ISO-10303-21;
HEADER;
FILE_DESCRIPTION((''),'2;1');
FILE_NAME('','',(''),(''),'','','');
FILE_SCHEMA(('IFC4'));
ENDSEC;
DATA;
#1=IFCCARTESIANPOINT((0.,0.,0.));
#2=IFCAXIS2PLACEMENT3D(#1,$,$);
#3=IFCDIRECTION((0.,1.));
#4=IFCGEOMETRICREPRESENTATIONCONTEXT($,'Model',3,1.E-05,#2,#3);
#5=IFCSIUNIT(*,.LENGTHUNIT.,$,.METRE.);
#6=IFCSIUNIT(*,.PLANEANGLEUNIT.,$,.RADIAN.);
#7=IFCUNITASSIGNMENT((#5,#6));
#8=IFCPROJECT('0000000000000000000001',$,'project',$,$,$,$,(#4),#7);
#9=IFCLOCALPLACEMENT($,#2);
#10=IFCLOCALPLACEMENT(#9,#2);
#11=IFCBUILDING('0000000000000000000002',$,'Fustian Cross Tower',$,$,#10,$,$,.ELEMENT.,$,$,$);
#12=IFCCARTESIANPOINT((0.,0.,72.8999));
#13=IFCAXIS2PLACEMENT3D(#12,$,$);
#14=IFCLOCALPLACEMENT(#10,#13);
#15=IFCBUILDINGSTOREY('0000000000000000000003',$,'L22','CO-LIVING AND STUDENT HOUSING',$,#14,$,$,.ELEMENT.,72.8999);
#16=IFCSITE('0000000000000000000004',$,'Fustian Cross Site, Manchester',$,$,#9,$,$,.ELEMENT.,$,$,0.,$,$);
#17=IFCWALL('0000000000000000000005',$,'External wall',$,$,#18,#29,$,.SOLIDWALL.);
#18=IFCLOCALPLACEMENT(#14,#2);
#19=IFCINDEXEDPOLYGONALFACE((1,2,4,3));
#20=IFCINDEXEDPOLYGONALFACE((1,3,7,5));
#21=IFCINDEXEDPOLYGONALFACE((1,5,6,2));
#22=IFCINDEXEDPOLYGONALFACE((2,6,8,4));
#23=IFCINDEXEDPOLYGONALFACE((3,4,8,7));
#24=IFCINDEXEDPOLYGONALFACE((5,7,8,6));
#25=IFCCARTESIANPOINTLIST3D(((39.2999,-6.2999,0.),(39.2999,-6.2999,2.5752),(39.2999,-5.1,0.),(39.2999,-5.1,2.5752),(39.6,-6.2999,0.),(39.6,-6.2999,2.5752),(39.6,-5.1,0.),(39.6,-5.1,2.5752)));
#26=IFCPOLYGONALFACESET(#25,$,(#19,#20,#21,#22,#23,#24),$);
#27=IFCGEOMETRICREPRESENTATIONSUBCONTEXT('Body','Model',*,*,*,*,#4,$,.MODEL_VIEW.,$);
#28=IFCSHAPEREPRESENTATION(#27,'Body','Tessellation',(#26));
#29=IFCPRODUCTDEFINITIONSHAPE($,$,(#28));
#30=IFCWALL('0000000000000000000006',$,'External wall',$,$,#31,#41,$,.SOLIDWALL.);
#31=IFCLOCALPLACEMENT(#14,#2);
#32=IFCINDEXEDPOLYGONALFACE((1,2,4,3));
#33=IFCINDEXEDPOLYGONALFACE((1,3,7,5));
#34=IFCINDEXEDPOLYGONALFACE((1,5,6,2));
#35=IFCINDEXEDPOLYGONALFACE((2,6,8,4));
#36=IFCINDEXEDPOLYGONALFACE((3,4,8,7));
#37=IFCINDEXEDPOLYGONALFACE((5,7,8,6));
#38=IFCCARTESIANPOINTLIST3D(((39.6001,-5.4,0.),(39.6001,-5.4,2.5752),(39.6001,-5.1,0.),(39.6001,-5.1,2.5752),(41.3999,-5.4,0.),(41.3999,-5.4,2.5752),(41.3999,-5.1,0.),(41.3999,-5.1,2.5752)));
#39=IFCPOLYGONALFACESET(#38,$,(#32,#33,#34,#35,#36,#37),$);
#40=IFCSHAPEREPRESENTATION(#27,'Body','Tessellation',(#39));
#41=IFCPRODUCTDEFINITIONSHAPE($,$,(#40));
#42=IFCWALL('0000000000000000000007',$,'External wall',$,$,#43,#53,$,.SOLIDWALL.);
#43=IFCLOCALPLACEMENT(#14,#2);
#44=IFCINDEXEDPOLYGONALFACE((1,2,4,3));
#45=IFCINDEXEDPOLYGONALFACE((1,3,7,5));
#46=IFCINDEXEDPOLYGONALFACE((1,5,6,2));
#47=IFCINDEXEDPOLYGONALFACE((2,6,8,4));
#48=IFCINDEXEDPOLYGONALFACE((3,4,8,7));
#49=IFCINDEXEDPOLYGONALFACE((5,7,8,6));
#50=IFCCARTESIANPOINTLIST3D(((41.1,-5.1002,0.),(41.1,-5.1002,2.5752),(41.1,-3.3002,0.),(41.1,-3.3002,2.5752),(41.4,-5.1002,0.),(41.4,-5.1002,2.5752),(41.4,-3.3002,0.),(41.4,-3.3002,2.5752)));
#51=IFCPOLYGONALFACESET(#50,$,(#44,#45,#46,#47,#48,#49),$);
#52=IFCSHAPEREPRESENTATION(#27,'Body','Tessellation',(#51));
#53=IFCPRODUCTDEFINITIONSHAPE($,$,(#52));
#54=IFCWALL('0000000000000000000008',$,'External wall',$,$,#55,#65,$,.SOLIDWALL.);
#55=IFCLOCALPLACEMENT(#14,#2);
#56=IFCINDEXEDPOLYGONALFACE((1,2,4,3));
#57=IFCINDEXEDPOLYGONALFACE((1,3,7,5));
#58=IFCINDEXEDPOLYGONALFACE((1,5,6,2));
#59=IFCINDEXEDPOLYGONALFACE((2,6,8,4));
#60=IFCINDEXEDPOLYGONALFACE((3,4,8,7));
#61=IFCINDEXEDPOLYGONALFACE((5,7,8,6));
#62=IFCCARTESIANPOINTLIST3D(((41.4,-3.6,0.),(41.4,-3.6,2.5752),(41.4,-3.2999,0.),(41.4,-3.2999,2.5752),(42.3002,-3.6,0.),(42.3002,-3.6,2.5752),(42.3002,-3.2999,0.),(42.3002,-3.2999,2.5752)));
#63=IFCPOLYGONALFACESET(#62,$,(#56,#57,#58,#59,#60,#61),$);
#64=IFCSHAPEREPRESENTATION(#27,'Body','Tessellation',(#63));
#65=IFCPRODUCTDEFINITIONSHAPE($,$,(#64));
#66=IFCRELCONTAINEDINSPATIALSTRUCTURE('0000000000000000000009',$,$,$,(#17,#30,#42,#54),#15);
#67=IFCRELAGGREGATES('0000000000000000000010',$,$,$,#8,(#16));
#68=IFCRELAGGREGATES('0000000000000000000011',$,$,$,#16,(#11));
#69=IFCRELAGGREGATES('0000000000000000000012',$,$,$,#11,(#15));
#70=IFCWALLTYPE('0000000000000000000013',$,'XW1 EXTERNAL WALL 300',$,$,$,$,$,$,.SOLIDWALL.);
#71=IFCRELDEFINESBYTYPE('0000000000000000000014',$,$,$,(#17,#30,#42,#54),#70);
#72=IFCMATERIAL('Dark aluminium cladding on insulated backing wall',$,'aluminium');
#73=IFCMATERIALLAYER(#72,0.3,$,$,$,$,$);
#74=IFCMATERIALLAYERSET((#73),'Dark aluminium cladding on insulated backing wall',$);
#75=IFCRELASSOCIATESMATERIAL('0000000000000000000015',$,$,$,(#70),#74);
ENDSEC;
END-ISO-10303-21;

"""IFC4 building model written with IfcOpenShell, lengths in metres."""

from ifc_helpers import new_model, si_unit, direction, frame, frame_2d, origin, place, context, subcontext, project, spatial, rectangle, extrude, material, layer, layer_set, type_object, element, save


model = new_model("IFC4")

# Units and contexts
model_context = context("Model", 3, precision=1e-05, world=origin(), true_north=direction((0.0, 1.0)))
body_context = subcontext(model_context, "Body", "Model", "MODEL_VIEW")
ifc_project = project(units=[si_unit("LENGTHUNIT", "METRE"), si_unit("PLANEANGLEUNIT", "RADIAN")], contexts=[model_context])

# Site, building, storey
site_placement = place(None, origin())
site = spatial("IfcSite", under=ifc_project, at=site_placement, Name="Fustian Cross Site, Manchester", CompositionType="ELEMENT", RefElevation=0.0)
building_placement = place(site_placement, origin())
building = spatial("IfcBuilding", under=site, at=building_placement, Name="Fustian Cross Tower", CompositionType="ELEMENT")
storey_placement = place(building_placement, frame((0.0, 0.0, 72.8999)))
storey = spatial("IfcBuildingStorey", under=building, at=storey_placement, Name="L22", Description="CO-LIVING AND STUDENT HOUSING", CompositionType="ELEMENT", Elevation=72.8999)

# Shared definitions
ifc_material_1 = material(Name="Dark aluminium cladding on insulated backing wall", Category="aluminium")
ifc_layer_1 = layer(ifc_material_1, 0.3)
ifc_layer_set_1 = layer_set([ifc_layer_1], Name="Dark aluminium cladding on insulated backing wall")
wall_type_1 = type_object("IfcWallType", Name="XW1 EXTERNAL WALL 300", PredefinedType="SOLIDWALL", material=ifc_layer_set_1)

# Walls
wall_1_placement = place(storey_placement, frame((39.45, -6.3, 0.0), z_axis=(0.0, 0.0, 1.0), x_axis=(0.0, 1.0, 0.0)))
element("IfcWall", 1, at=wall_1_placement, inside=storey, type_object=wall_type_1, Name="External wall", PredefinedType="SOLIDWALL", context=body_context, shape_type="SweptSolid", body=[
    extrude(rectangle(XDim=1.2, YDim=0.3, at=frame_2d((0.6001, 0.0))), origin(), (0.0, 0.0, 1.0), 2.5752),
])
wall_2_placement = place(storey_placement, frame((39.6001, -5.25, 0.0), z_axis=(0.0, 0.0, 1.0), x_axis=(1.0, 0.0, 0.0)))
element("IfcWall", 2, at=wall_2_placement, inside=storey, type_object=wall_type_1, Name="External wall", PredefinedType="SOLIDWALL", context=body_context, shape_type="SweptSolid", body=[
    extrude(rectangle(XDim=1.7998, YDim=0.3, at=frame_2d((0.8999, 0.0))), origin(), (0.0, 0.0, 1.0), 2.5752),
])
wall_3_placement = place(storey_placement, frame((41.25, -5.1001, 0.0), z_axis=(0.0, 0.0, 1.0), x_axis=(0.0, 1.0, 0.0)))
element("IfcWall", 3, at=wall_3_placement, inside=storey, type_object=wall_type_1, Name="External wall", PredefinedType="SOLIDWALL", context=body_context, shape_type="SweptSolid", body=[
    extrude(rectangle(XDim=1.8, YDim=0.3, at=frame_2d((0.8999, 0.0))), origin(), (0.0, 0.0, 1.0), 2.5752),
])
wall_4_placement = place(storey_placement, frame((41.3999, -3.45, 0.0), z_axis=(0.0, 0.0, 1.0), x_axis=(1.0, 0.0, 0.0)))
element("IfcWall", 4, at=wall_4_placement, inside=storey, type_object=wall_type_1, Name="External wall", PredefinedType="SOLIDWALL", context=body_context, shape_type="SweptSolid", body=[
    extrude(rectangle(XDim=0.9001, YDim=0.3, at=frame_2d((0.4502, 0.0))), origin(), (0.0, 0.0, 1.0), 2.5752),
])

save(model, "model.ifc")
